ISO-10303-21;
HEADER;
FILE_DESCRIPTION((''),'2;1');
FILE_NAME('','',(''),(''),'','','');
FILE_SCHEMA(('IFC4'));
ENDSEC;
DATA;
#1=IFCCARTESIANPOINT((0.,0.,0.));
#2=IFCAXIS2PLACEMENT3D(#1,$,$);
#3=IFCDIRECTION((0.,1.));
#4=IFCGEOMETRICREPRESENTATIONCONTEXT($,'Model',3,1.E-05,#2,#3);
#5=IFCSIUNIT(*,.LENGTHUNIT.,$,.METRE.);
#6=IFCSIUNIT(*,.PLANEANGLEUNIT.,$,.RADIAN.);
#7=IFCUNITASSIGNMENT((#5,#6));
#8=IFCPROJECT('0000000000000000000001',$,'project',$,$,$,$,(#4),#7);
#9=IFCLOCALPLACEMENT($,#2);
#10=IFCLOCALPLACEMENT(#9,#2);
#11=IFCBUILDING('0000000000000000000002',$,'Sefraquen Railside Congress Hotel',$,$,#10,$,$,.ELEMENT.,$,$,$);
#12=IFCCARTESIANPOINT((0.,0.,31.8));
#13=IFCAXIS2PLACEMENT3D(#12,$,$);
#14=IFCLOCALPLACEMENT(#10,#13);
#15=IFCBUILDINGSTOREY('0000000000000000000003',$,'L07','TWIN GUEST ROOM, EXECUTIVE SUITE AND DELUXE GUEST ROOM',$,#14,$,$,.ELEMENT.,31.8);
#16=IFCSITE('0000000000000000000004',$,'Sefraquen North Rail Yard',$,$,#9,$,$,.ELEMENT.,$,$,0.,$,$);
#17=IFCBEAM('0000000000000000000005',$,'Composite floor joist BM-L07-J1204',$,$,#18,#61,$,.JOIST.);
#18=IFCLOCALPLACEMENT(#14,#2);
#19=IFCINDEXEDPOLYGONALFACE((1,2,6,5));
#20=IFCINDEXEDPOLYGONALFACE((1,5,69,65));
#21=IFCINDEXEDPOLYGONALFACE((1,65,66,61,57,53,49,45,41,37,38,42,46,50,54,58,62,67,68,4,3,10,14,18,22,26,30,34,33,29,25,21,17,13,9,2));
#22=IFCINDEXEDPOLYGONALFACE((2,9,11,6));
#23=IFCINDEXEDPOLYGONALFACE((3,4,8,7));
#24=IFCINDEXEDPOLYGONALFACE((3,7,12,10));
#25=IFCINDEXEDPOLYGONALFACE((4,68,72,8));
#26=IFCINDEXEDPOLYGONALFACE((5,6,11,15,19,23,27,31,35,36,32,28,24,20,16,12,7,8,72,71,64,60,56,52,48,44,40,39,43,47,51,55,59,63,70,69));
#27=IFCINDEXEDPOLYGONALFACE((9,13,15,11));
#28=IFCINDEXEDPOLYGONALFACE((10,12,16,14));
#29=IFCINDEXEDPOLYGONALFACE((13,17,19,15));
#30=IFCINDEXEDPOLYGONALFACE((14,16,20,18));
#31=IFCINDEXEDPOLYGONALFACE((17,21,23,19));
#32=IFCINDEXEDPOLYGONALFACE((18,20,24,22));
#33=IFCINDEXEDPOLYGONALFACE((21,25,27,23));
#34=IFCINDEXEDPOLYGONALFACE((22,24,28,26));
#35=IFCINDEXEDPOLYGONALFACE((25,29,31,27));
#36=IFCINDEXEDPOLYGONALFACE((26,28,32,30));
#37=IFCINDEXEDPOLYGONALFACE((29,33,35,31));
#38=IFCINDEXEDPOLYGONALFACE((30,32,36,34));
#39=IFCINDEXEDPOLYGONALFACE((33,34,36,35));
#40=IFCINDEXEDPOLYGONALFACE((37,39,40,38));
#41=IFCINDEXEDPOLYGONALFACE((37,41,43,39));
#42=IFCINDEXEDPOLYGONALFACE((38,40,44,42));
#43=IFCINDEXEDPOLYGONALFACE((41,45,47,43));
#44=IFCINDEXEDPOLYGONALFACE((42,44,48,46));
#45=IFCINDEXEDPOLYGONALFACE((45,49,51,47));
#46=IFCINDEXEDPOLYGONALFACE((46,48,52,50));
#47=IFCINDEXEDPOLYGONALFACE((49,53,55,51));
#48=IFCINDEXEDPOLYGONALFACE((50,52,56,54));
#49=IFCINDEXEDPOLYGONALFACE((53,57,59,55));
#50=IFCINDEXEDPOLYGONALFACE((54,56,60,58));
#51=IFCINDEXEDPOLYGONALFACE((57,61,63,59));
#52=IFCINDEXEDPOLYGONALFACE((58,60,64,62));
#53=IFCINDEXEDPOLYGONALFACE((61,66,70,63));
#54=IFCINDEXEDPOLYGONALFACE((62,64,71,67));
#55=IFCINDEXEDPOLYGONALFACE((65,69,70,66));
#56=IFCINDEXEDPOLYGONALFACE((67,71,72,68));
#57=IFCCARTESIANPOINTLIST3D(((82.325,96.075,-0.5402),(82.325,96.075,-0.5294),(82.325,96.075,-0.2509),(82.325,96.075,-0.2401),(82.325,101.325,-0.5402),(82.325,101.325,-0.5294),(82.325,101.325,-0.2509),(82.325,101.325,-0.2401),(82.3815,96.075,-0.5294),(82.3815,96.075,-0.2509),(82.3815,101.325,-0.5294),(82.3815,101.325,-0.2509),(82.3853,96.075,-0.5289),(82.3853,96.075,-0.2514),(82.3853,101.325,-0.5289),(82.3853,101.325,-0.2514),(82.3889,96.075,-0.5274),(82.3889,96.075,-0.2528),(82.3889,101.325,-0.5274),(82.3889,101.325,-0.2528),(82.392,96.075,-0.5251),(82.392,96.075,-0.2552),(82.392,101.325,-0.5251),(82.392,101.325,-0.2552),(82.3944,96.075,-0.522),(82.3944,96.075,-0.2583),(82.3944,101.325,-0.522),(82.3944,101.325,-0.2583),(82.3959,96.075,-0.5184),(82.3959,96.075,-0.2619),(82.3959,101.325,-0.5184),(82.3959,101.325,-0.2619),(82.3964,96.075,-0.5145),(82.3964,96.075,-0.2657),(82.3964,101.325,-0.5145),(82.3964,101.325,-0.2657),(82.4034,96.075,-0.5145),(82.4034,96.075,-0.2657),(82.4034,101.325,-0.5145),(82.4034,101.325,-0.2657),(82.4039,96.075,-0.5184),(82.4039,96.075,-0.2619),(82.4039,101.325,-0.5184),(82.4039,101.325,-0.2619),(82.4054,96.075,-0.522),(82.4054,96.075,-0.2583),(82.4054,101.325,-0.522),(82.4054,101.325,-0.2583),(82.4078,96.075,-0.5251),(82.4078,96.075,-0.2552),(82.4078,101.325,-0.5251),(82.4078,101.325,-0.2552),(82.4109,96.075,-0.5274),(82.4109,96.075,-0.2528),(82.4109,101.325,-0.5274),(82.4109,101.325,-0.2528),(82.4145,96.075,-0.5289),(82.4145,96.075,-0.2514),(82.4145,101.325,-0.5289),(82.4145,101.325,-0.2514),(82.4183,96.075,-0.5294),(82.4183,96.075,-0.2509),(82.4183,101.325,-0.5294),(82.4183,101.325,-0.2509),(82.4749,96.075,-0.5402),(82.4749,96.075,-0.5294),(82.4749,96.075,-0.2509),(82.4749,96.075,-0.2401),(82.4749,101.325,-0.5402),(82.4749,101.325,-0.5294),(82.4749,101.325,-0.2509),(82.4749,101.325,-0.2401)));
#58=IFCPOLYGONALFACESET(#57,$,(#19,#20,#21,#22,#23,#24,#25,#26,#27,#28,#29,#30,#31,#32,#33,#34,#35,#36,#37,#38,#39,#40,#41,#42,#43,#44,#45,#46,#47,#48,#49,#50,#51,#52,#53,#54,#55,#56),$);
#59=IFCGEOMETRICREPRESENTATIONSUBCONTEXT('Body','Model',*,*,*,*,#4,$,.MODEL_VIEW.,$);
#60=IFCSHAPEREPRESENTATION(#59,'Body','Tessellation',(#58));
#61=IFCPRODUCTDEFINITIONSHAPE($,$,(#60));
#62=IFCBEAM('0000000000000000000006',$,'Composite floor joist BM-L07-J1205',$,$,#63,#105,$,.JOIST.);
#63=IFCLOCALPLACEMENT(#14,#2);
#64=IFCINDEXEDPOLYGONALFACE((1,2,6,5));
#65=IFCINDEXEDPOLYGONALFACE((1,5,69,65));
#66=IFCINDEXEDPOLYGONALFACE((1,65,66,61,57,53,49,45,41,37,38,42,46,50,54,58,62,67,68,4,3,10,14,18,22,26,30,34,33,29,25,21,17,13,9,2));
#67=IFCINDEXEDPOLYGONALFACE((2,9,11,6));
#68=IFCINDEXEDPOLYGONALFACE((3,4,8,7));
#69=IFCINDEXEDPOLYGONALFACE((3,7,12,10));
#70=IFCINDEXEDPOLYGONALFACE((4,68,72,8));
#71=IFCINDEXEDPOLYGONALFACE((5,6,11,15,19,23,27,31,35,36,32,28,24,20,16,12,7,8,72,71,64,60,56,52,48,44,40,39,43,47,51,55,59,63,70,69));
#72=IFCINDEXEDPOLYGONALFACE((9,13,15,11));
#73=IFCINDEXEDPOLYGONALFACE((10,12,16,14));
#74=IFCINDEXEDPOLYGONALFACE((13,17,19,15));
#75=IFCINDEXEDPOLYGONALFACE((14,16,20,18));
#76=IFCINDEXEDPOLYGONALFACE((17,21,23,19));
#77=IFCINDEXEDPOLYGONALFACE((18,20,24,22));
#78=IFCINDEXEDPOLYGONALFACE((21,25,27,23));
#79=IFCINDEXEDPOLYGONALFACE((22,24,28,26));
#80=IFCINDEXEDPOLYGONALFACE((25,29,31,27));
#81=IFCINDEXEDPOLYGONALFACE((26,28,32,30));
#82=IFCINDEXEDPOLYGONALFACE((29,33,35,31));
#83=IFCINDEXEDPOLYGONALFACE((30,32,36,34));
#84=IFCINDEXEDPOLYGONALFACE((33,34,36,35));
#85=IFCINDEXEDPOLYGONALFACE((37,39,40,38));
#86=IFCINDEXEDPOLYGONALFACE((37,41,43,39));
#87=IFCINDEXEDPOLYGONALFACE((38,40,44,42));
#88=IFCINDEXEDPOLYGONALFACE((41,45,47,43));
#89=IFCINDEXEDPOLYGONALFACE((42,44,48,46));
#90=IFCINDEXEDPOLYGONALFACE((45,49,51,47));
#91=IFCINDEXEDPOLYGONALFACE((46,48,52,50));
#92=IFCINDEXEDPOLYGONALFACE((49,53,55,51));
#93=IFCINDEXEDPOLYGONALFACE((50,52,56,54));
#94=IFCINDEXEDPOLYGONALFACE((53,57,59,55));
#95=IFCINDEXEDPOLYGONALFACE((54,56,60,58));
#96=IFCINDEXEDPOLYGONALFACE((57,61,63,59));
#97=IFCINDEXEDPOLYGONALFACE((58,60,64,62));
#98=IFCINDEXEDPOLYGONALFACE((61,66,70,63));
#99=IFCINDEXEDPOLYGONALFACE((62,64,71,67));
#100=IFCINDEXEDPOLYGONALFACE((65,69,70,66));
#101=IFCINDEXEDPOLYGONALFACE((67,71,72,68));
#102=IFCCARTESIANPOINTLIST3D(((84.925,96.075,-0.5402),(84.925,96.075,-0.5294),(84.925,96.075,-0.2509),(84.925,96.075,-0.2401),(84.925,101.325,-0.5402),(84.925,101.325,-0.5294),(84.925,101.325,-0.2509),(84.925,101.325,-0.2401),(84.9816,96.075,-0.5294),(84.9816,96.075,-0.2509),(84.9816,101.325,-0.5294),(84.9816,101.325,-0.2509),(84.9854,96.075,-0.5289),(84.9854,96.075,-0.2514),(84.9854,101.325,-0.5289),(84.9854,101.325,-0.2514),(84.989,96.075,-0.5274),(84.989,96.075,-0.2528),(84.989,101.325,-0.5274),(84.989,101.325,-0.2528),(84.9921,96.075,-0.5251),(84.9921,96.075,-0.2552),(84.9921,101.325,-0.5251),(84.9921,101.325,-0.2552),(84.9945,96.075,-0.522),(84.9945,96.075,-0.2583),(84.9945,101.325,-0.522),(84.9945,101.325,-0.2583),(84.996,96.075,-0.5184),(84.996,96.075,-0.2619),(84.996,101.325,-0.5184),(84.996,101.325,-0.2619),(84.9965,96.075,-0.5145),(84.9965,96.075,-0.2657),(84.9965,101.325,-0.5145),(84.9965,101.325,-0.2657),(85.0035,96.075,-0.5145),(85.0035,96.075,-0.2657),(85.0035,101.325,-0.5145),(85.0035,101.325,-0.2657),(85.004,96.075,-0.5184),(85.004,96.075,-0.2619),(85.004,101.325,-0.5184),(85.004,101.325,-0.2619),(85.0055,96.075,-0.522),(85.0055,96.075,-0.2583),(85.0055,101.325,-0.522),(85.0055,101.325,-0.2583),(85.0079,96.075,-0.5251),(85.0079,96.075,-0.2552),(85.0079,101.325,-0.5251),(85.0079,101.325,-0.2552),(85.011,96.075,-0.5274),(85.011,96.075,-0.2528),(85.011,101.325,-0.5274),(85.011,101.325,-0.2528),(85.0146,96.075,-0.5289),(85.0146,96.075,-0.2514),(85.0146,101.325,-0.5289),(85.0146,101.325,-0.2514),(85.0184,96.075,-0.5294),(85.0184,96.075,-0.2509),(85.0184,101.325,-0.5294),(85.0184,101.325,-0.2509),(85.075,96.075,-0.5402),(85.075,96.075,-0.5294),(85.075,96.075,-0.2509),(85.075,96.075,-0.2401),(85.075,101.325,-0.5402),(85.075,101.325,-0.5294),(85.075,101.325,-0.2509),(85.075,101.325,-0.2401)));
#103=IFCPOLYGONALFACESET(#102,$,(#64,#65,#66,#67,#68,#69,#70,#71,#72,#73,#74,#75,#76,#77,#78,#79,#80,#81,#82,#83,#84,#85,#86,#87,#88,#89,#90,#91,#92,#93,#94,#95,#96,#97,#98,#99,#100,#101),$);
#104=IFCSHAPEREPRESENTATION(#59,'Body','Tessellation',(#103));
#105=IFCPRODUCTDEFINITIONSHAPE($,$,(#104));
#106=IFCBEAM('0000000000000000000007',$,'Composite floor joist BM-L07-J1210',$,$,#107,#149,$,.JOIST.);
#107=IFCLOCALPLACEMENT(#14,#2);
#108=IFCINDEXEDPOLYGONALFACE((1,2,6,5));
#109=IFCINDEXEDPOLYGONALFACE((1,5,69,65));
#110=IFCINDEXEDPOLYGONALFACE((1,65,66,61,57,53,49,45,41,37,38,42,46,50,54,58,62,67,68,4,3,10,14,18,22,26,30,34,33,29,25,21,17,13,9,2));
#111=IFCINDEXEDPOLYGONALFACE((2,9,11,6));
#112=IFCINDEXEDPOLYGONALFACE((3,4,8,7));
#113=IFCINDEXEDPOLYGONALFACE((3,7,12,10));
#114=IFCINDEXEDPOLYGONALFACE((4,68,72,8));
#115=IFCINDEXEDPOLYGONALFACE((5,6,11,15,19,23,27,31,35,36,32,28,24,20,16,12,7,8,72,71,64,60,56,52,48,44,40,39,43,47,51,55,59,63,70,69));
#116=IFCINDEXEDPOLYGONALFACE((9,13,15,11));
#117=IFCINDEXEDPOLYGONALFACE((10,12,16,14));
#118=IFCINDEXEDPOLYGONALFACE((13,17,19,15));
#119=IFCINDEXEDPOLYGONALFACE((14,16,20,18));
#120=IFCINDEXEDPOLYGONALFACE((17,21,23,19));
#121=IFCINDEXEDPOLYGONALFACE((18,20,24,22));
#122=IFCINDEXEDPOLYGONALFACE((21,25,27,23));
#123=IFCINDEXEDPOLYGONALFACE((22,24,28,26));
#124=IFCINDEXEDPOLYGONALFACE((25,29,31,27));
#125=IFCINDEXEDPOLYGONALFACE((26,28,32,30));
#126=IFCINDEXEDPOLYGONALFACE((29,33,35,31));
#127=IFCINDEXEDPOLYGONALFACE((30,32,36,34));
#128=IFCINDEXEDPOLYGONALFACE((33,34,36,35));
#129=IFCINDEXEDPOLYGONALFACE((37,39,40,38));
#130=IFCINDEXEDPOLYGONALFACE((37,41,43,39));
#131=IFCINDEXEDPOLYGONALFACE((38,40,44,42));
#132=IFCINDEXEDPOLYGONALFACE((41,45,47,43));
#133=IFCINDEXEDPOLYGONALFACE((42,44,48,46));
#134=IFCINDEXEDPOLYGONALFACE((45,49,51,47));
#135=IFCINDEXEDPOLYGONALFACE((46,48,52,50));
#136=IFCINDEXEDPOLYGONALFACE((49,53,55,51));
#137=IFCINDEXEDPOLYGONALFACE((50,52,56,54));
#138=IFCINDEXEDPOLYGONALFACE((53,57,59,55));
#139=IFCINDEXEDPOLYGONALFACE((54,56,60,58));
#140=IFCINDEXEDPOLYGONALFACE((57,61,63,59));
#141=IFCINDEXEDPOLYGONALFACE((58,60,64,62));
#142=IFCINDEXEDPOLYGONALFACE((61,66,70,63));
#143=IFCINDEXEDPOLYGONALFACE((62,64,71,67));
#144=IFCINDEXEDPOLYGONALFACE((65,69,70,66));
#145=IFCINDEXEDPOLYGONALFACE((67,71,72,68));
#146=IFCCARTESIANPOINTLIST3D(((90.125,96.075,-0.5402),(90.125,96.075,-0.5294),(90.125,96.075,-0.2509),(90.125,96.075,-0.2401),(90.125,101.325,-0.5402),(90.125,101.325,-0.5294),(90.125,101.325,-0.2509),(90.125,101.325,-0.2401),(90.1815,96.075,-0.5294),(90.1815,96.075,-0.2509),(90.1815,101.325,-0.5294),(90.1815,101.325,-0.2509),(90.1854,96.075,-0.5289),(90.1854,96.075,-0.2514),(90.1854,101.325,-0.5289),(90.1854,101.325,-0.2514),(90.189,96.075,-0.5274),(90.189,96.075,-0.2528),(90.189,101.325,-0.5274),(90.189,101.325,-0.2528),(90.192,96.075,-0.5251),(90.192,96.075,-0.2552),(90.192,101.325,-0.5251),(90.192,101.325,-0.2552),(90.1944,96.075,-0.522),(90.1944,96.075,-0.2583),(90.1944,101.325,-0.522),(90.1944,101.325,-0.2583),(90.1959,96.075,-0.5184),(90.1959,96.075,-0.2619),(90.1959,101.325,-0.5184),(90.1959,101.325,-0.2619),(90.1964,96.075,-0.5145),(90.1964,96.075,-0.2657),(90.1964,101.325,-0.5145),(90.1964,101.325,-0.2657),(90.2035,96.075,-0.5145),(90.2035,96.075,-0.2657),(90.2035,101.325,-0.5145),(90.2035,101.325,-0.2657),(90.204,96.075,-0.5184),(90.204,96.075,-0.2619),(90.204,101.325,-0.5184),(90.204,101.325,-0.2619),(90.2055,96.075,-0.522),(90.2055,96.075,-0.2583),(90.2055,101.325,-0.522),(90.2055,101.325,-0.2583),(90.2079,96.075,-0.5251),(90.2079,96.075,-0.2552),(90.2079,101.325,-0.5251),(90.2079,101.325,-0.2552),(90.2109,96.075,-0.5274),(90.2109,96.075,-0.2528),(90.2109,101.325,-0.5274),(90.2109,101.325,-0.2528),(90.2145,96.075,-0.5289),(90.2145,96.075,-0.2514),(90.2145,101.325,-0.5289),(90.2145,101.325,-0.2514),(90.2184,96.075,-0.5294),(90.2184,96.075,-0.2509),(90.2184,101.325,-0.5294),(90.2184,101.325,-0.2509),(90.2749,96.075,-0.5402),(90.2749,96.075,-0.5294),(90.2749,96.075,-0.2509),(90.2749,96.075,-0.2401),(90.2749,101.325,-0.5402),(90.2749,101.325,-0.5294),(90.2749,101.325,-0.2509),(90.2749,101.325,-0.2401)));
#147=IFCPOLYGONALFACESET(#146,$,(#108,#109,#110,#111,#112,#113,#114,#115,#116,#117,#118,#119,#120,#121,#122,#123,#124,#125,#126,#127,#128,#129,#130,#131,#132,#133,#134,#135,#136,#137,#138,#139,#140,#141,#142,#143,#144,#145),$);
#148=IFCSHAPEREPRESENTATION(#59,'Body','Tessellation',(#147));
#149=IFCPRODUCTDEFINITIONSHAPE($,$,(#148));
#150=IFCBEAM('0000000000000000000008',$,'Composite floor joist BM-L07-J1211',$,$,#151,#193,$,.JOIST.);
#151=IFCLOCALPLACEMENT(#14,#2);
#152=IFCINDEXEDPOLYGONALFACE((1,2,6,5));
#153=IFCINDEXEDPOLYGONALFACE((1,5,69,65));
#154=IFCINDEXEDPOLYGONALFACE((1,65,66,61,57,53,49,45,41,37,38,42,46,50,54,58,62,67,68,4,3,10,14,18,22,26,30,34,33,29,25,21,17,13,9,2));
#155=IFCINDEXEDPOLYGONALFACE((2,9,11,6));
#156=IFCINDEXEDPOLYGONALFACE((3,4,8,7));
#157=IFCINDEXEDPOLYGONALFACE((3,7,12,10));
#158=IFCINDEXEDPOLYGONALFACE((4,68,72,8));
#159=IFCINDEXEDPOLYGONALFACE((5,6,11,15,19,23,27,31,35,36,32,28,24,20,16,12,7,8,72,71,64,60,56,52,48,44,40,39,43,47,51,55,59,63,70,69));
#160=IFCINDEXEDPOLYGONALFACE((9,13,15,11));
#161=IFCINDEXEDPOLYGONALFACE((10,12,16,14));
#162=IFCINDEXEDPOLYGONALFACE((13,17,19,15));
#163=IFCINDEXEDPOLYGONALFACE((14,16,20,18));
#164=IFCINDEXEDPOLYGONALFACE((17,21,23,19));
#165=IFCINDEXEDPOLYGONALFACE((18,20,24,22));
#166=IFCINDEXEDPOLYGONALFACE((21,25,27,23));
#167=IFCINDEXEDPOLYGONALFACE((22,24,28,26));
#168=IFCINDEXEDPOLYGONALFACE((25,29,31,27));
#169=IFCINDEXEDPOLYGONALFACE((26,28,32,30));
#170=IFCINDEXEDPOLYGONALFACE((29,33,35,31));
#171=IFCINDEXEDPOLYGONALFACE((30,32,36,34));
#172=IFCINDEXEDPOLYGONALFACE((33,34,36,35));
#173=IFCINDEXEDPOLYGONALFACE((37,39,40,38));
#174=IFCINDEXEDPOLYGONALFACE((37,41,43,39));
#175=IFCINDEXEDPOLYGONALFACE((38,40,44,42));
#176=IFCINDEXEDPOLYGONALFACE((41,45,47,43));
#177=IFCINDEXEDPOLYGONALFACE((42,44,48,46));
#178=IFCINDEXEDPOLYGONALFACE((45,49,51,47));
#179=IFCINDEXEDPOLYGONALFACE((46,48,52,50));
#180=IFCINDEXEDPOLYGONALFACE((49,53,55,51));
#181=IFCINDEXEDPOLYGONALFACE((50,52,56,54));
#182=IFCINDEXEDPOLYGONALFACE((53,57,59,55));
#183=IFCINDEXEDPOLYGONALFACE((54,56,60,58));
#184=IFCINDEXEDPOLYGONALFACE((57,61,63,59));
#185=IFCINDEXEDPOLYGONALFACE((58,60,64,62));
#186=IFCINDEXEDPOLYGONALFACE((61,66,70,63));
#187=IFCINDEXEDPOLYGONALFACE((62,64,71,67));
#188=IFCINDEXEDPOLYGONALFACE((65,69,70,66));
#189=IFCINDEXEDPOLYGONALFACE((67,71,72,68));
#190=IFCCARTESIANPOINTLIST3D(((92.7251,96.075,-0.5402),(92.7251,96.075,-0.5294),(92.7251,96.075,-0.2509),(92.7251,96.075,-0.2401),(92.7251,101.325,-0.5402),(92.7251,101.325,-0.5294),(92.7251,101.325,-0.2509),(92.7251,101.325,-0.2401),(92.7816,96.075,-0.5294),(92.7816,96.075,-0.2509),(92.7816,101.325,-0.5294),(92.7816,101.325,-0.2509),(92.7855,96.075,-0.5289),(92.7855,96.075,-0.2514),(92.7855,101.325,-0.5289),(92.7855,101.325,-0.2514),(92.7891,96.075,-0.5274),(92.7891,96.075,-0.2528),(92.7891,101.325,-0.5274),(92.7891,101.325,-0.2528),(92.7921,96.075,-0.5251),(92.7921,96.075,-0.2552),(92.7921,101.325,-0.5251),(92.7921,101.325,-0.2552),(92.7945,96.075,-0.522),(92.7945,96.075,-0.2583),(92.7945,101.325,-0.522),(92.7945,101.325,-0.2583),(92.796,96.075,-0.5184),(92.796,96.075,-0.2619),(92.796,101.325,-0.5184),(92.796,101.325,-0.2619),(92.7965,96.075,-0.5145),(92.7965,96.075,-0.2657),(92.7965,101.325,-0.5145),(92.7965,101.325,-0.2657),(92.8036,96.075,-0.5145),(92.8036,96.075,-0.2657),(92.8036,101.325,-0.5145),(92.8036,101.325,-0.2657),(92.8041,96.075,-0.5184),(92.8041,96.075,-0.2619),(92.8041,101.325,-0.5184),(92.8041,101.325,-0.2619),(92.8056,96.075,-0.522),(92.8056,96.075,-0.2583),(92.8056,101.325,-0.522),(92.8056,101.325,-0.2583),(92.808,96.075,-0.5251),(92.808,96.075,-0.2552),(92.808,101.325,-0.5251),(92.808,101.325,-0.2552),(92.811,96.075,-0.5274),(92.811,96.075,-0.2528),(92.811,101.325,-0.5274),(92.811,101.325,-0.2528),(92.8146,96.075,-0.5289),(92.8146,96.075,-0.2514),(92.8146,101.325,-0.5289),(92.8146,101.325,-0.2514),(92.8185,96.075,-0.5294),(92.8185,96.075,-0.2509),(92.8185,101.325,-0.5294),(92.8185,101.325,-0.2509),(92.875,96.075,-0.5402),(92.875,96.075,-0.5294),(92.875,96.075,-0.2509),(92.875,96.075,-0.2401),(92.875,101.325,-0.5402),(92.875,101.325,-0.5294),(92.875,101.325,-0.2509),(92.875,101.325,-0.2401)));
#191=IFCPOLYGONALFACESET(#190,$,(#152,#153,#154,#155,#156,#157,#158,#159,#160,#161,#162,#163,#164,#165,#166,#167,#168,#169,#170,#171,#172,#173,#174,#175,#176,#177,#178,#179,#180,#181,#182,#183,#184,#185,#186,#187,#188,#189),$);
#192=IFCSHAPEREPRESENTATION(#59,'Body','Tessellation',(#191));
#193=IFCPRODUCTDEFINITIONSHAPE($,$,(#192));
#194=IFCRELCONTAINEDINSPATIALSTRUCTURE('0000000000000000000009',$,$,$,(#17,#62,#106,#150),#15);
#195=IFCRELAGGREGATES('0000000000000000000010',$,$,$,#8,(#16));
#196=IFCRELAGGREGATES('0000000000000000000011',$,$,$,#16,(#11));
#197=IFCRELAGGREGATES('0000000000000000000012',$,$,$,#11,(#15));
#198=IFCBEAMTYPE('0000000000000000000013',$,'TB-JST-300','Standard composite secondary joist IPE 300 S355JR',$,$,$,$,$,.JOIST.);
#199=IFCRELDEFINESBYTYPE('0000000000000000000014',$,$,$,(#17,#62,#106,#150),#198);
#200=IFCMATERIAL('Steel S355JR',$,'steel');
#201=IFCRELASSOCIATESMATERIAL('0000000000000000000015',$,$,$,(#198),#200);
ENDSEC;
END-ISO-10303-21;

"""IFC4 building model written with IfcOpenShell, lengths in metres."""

from ifc_helpers import new_model, si_unit, direction, frame, origin, origin_2d, place, context, subcontext, project, spatial, i_section, extrude, material, material_profile, profile_set, type_object, element, save


model = new_model("IFC4")

# Units and contexts
model_context = context("Model", 3, precision=1e-05, world=origin(), true_north=direction((0.0, 1.0)))
body_context = subcontext(model_context, "Body", "Model", "MODEL_VIEW")
ifc_project = project(units=[si_unit("LENGTHUNIT", "METRE"), si_unit("PLANEANGLEUNIT", "RADIAN")], contexts=[model_context])

# Site, building, storey
site_placement = place(None, origin())
site = spatial("IfcSite", under=ifc_project, at=site_placement, Name="Sefraquen North Rail Yard", CompositionType="ELEMENT", RefElevation=0.0)
building_placement = place(site_placement, origin())
building = spatial("IfcBuilding", under=site, at=building_placement, Name="Sefraquen Railside Congress Hotel", CompositionType="ELEMENT")
storey_placement = place(building_placement, frame((0.0, 0.0, 31.8)))
storey = spatial("IfcBuildingStorey", under=building, at=storey_placement, Name="L07", Description="TWIN GUEST ROOM, EXECUTIVE SUITE AND DELUXE GUEST ROOM", CompositionType="ELEMENT", Elevation=31.8)

# Shared definitions
ifc_material_1 = material(Name="Steel S355JR", Category="steel")

# Beams
ifc_material_profile_1 = material_profile(ifc_material_1, i_section(OverallWidth=0.1499, OverallDepth=0.3, WebThickness=0.0071, FlangeThickness=0.0107, FilletRadius=0.0149, at=origin_2d()), Name="IPE 300")
ifc_profile_set_1 = profile_set([ifc_material_profile_1], Name="Steel S355JR")
beam_type_1 = type_object("IfcBeamType", Name="TB-JST-300", Description="Standard composite secondary joist IPE 300 S355JR", PredefinedType="JOIST", material=ifc_profile_set_1)
for number, where, z_axis, x_axis, name in (
    (1, (82.3999, 96.075, -0.3901), (0.0, 1.0, 0.0), (-1.0, 0.0, 0.0), "Composite floor joist BM-L07-J1204"),
    (2, (85.0, 96.075, -0.3901), (0.0, 1.0, 0.0), (-1.0, 0.0, 0.0), "Composite floor joist BM-L07-J1205"),
    (3, (90.2, 96.075, -0.3901), (0.0, 1.0, 0.0), (-1.0, 0.0, 0.0), "Composite floor joist BM-L07-J1210"),
    (4, (92.8, 96.075, -0.3901), (0.0, 1.0, 0.0), (-1.0, 0.0, 0.0), "Composite floor joist BM-L07-J1211"),
):
    element("IfcBeam", number, at=place(storey_placement, frame(where, z_axis=z_axis, x_axis=x_axis)), inside=storey, type_object=beam_type_1, Name=name, PredefinedType="JOIST", context=body_context, shape_type="SweptSolid", body=[
        extrude(i_section(OverallWidth=0.1499, OverallDepth=0.3, WebThickness=0.0071, FlangeThickness=0.0107, FilletRadius=0.0149, at=origin_2d()), origin(), (0.0, 0.0, 1.0), 5.25),
    ])

save(model, "model.ifc")
